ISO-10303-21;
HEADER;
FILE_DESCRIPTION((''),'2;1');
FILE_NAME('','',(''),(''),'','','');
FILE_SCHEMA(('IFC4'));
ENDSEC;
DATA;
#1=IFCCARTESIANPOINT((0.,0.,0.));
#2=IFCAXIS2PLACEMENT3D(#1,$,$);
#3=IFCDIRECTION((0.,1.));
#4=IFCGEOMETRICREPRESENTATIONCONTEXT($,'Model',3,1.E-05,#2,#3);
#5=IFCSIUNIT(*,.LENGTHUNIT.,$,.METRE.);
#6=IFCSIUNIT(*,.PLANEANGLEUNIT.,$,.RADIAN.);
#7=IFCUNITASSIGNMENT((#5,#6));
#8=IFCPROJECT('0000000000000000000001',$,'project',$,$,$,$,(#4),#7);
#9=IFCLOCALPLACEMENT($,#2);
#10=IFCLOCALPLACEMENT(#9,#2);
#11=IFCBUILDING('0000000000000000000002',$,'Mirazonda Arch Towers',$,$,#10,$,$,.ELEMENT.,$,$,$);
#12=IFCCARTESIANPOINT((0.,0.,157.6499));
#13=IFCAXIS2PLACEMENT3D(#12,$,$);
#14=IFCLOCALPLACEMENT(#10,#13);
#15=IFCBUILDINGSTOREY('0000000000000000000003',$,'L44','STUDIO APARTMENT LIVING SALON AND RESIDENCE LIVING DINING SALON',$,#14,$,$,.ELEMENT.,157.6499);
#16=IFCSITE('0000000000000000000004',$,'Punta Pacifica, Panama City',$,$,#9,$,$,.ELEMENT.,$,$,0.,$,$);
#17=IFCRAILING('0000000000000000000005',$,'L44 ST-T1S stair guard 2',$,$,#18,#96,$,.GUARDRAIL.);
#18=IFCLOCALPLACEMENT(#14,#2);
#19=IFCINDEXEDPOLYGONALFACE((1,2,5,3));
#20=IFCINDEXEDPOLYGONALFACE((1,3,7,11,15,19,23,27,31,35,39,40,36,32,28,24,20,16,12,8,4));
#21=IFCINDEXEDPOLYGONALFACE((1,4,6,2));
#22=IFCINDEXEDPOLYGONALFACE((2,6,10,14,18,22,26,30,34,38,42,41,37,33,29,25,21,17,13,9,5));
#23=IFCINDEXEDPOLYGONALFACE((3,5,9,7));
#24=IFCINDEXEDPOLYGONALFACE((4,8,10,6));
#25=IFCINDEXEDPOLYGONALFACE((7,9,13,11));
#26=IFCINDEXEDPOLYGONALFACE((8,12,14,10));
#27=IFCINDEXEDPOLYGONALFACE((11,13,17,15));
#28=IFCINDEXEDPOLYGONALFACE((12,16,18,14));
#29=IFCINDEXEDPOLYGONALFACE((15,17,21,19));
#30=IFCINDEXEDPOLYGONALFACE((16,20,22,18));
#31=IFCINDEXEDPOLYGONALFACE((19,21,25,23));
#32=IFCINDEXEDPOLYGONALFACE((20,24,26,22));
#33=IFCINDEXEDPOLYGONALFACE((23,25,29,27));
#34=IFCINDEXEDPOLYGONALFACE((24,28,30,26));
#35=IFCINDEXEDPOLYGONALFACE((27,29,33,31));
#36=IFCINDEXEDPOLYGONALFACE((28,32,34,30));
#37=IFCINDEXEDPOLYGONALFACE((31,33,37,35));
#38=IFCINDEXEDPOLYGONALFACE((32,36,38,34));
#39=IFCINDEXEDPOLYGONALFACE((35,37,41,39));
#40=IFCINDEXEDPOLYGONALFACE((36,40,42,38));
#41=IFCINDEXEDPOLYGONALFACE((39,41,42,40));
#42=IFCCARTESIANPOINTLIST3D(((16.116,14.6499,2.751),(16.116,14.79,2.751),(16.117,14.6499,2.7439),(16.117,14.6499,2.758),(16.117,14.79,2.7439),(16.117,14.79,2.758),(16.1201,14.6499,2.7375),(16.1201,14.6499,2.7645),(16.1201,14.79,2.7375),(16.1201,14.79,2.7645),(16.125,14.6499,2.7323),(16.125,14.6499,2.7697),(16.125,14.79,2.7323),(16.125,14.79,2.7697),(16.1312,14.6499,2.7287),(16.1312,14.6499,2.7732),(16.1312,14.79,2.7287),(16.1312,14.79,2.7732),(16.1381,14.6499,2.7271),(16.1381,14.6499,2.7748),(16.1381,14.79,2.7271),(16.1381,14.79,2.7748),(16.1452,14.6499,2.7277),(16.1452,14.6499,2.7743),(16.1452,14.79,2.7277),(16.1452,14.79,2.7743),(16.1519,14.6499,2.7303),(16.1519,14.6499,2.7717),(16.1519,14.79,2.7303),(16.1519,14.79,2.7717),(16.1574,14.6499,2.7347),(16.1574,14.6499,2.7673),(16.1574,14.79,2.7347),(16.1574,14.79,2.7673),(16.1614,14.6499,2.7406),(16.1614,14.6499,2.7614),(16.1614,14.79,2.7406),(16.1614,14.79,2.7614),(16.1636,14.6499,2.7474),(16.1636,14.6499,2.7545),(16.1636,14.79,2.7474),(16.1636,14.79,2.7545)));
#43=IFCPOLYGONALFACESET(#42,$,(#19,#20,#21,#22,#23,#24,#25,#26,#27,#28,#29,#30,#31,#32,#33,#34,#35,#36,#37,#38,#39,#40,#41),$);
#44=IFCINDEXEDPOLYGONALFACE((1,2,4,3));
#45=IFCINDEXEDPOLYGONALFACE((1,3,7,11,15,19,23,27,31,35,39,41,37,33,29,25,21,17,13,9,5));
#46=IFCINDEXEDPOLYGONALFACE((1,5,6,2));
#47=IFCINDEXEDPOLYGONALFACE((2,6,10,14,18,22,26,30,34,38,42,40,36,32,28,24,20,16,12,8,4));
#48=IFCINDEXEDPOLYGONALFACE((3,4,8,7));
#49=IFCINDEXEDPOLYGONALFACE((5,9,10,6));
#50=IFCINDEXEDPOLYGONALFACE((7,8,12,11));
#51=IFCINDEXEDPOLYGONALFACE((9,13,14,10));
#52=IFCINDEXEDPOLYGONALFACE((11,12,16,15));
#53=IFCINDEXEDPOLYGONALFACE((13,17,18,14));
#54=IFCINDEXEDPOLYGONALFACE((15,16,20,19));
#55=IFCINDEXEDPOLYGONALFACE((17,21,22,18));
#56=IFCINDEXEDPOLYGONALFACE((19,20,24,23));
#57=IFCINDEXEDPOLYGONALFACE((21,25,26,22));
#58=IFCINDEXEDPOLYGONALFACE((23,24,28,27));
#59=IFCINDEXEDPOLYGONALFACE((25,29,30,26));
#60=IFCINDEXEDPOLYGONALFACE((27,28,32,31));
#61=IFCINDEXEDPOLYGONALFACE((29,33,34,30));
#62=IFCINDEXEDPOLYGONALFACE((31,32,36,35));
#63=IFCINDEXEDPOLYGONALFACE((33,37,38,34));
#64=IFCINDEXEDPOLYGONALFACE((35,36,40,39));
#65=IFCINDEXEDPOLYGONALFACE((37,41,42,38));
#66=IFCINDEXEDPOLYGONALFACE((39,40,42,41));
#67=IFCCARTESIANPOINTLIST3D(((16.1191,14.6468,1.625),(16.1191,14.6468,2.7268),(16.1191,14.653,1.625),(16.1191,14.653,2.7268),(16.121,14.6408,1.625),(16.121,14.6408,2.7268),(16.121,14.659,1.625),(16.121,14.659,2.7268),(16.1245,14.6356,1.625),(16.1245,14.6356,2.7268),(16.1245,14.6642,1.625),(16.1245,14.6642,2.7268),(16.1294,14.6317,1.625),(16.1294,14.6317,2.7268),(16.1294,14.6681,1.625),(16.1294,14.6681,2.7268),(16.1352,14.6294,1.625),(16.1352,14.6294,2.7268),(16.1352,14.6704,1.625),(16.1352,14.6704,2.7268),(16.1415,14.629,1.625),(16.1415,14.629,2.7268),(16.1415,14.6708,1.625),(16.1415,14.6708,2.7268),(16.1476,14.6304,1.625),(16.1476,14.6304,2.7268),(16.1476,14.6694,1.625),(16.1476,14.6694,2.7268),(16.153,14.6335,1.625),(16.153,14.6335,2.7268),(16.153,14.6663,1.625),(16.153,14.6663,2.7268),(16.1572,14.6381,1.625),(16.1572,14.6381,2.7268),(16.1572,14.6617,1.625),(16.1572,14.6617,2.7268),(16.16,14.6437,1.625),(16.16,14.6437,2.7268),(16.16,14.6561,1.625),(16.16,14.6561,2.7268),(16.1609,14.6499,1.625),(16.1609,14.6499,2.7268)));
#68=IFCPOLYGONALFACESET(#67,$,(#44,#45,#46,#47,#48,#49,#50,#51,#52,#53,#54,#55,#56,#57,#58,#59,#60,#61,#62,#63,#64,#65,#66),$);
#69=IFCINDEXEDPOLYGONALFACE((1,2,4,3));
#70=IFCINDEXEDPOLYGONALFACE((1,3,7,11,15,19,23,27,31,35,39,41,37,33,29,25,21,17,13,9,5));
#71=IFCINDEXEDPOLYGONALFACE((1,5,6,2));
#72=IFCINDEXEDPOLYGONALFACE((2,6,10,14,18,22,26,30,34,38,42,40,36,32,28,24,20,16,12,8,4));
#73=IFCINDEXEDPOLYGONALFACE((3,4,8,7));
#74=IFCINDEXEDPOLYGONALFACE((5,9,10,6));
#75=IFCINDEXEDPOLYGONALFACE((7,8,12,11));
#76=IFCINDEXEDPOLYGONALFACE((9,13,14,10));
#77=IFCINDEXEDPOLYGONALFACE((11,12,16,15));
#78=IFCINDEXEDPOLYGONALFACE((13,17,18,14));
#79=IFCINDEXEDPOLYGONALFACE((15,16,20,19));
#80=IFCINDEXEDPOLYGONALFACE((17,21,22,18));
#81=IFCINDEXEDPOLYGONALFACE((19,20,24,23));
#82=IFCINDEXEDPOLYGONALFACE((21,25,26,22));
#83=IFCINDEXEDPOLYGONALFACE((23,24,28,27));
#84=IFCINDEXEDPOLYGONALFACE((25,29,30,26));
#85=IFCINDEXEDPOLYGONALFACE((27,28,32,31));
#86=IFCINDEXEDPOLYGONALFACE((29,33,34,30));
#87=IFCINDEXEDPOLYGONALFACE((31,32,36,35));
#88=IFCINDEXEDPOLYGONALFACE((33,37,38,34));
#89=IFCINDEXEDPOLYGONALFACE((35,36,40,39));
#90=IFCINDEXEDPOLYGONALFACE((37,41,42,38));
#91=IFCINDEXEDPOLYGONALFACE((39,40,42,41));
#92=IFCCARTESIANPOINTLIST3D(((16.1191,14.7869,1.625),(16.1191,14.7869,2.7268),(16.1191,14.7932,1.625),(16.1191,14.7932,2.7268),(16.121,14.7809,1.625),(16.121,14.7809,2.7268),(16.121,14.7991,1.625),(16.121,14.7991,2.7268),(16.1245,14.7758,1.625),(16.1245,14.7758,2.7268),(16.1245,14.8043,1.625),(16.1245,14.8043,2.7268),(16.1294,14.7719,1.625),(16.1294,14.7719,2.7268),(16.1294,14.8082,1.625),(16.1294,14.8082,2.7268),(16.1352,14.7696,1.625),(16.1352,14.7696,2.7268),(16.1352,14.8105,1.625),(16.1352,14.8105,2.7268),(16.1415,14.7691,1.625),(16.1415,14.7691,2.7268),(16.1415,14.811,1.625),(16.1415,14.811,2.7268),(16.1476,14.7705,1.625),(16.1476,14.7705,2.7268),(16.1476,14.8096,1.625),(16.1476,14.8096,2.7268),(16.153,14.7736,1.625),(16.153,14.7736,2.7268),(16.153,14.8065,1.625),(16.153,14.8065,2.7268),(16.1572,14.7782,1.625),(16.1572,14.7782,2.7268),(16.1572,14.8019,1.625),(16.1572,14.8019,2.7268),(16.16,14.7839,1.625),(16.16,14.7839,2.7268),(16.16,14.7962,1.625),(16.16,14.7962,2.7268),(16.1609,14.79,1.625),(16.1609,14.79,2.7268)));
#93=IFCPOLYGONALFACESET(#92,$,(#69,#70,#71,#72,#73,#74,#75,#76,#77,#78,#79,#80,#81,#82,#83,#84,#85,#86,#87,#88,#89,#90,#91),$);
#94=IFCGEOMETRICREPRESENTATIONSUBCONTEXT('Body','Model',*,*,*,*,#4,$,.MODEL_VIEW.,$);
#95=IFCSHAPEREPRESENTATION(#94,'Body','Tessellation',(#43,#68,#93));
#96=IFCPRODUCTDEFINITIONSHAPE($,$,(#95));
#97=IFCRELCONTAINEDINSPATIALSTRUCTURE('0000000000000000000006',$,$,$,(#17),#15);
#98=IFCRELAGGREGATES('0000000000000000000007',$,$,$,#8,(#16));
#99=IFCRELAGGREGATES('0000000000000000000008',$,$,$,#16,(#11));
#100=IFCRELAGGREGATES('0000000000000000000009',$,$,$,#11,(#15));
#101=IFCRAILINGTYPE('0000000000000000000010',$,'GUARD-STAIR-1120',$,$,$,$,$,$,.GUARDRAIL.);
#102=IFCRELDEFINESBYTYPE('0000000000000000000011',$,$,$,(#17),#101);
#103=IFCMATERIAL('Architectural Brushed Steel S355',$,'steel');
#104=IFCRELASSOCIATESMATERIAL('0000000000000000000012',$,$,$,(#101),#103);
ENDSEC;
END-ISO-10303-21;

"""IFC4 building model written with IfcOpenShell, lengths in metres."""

from ifc_helpers import new_model, si_unit, direction, frame, origin, origin_2d, place, context, subcontext, project, spatial, circle, extrude, material, type_object, element, save


model = new_model("IFC4")

# Units and contexts
model_context = context("Model", 3, precision=1e-05, world=origin(), true_north=direction((0.0, 1.0)))
body_context = subcontext(model_context, "Body", "Model", "MODEL_VIEW")
ifc_project = project(units=[si_unit("LENGTHUNIT", "METRE"), si_unit("PLANEANGLEUNIT", "RADIAN")], contexts=[model_context])

# Site, building, storey
site_placement = place(None, origin())
site = spatial("IfcSite", under=ifc_project, at=site_placement, Name="Punta Pacifica, Panama City", CompositionType="ELEMENT", RefElevation=0.0)
building_placement = place(site_placement, origin())
building = spatial("IfcBuilding", under=site, at=building_placement, Name="Mirazonda Arch Towers", CompositionType="ELEMENT")
storey_placement = place(building_placement, frame((0.0, 0.0, 157.6499)))
storey = spatial("IfcBuildingStorey", under=building, at=storey_placement, Name="L44", Description="STUDIO APARTMENT LIVING SALON AND RESIDENCE LIVING DINING SALON", CompositionType="ELEMENT", Elevation=157.6499)

# Shared definitions
ifc_material_1 = material(Name="Architectural Brushed Steel S355", Category="steel")

# Railing
railing_type_1 = type_object("IfcRailingType", Name="GUARD-STAIR-1120", PredefinedType="GUARDRAIL", material=ifc_material_1)
railing_1_placement = place(storey_placement, frame((16.1399, 14.6499, 1.625)))
element("IfcRailing", 1, at=railing_1_placement, inside=storey, type_object=railing_type_1, Name="L44 ST-T1S stair guard 2", PredefinedType="GUARDRAIL", context=body_context, shape_type="SweptSolid", body=[
    extrude(circle(Radius=0.0239, at=origin_2d()), frame((0.0, 0.0, 1.126), z_axis=(0.0, 1.0, 0.0), x_axis=(-1.0, 0.0, 0.0)), (0.0, 0.0, 1.0), 0.1401),
    extrude(circle(Radius=0.021, at=origin_2d()), origin(), (0.0, 0.0, 1.0), 1.1018),
    extrude(circle(Radius=0.021, at=origin_2d()), frame((0.0, 0.1401, 0.0)), (0.0, 0.0, 1.0), 1.1018),
])

save(model, "model.ifc")
